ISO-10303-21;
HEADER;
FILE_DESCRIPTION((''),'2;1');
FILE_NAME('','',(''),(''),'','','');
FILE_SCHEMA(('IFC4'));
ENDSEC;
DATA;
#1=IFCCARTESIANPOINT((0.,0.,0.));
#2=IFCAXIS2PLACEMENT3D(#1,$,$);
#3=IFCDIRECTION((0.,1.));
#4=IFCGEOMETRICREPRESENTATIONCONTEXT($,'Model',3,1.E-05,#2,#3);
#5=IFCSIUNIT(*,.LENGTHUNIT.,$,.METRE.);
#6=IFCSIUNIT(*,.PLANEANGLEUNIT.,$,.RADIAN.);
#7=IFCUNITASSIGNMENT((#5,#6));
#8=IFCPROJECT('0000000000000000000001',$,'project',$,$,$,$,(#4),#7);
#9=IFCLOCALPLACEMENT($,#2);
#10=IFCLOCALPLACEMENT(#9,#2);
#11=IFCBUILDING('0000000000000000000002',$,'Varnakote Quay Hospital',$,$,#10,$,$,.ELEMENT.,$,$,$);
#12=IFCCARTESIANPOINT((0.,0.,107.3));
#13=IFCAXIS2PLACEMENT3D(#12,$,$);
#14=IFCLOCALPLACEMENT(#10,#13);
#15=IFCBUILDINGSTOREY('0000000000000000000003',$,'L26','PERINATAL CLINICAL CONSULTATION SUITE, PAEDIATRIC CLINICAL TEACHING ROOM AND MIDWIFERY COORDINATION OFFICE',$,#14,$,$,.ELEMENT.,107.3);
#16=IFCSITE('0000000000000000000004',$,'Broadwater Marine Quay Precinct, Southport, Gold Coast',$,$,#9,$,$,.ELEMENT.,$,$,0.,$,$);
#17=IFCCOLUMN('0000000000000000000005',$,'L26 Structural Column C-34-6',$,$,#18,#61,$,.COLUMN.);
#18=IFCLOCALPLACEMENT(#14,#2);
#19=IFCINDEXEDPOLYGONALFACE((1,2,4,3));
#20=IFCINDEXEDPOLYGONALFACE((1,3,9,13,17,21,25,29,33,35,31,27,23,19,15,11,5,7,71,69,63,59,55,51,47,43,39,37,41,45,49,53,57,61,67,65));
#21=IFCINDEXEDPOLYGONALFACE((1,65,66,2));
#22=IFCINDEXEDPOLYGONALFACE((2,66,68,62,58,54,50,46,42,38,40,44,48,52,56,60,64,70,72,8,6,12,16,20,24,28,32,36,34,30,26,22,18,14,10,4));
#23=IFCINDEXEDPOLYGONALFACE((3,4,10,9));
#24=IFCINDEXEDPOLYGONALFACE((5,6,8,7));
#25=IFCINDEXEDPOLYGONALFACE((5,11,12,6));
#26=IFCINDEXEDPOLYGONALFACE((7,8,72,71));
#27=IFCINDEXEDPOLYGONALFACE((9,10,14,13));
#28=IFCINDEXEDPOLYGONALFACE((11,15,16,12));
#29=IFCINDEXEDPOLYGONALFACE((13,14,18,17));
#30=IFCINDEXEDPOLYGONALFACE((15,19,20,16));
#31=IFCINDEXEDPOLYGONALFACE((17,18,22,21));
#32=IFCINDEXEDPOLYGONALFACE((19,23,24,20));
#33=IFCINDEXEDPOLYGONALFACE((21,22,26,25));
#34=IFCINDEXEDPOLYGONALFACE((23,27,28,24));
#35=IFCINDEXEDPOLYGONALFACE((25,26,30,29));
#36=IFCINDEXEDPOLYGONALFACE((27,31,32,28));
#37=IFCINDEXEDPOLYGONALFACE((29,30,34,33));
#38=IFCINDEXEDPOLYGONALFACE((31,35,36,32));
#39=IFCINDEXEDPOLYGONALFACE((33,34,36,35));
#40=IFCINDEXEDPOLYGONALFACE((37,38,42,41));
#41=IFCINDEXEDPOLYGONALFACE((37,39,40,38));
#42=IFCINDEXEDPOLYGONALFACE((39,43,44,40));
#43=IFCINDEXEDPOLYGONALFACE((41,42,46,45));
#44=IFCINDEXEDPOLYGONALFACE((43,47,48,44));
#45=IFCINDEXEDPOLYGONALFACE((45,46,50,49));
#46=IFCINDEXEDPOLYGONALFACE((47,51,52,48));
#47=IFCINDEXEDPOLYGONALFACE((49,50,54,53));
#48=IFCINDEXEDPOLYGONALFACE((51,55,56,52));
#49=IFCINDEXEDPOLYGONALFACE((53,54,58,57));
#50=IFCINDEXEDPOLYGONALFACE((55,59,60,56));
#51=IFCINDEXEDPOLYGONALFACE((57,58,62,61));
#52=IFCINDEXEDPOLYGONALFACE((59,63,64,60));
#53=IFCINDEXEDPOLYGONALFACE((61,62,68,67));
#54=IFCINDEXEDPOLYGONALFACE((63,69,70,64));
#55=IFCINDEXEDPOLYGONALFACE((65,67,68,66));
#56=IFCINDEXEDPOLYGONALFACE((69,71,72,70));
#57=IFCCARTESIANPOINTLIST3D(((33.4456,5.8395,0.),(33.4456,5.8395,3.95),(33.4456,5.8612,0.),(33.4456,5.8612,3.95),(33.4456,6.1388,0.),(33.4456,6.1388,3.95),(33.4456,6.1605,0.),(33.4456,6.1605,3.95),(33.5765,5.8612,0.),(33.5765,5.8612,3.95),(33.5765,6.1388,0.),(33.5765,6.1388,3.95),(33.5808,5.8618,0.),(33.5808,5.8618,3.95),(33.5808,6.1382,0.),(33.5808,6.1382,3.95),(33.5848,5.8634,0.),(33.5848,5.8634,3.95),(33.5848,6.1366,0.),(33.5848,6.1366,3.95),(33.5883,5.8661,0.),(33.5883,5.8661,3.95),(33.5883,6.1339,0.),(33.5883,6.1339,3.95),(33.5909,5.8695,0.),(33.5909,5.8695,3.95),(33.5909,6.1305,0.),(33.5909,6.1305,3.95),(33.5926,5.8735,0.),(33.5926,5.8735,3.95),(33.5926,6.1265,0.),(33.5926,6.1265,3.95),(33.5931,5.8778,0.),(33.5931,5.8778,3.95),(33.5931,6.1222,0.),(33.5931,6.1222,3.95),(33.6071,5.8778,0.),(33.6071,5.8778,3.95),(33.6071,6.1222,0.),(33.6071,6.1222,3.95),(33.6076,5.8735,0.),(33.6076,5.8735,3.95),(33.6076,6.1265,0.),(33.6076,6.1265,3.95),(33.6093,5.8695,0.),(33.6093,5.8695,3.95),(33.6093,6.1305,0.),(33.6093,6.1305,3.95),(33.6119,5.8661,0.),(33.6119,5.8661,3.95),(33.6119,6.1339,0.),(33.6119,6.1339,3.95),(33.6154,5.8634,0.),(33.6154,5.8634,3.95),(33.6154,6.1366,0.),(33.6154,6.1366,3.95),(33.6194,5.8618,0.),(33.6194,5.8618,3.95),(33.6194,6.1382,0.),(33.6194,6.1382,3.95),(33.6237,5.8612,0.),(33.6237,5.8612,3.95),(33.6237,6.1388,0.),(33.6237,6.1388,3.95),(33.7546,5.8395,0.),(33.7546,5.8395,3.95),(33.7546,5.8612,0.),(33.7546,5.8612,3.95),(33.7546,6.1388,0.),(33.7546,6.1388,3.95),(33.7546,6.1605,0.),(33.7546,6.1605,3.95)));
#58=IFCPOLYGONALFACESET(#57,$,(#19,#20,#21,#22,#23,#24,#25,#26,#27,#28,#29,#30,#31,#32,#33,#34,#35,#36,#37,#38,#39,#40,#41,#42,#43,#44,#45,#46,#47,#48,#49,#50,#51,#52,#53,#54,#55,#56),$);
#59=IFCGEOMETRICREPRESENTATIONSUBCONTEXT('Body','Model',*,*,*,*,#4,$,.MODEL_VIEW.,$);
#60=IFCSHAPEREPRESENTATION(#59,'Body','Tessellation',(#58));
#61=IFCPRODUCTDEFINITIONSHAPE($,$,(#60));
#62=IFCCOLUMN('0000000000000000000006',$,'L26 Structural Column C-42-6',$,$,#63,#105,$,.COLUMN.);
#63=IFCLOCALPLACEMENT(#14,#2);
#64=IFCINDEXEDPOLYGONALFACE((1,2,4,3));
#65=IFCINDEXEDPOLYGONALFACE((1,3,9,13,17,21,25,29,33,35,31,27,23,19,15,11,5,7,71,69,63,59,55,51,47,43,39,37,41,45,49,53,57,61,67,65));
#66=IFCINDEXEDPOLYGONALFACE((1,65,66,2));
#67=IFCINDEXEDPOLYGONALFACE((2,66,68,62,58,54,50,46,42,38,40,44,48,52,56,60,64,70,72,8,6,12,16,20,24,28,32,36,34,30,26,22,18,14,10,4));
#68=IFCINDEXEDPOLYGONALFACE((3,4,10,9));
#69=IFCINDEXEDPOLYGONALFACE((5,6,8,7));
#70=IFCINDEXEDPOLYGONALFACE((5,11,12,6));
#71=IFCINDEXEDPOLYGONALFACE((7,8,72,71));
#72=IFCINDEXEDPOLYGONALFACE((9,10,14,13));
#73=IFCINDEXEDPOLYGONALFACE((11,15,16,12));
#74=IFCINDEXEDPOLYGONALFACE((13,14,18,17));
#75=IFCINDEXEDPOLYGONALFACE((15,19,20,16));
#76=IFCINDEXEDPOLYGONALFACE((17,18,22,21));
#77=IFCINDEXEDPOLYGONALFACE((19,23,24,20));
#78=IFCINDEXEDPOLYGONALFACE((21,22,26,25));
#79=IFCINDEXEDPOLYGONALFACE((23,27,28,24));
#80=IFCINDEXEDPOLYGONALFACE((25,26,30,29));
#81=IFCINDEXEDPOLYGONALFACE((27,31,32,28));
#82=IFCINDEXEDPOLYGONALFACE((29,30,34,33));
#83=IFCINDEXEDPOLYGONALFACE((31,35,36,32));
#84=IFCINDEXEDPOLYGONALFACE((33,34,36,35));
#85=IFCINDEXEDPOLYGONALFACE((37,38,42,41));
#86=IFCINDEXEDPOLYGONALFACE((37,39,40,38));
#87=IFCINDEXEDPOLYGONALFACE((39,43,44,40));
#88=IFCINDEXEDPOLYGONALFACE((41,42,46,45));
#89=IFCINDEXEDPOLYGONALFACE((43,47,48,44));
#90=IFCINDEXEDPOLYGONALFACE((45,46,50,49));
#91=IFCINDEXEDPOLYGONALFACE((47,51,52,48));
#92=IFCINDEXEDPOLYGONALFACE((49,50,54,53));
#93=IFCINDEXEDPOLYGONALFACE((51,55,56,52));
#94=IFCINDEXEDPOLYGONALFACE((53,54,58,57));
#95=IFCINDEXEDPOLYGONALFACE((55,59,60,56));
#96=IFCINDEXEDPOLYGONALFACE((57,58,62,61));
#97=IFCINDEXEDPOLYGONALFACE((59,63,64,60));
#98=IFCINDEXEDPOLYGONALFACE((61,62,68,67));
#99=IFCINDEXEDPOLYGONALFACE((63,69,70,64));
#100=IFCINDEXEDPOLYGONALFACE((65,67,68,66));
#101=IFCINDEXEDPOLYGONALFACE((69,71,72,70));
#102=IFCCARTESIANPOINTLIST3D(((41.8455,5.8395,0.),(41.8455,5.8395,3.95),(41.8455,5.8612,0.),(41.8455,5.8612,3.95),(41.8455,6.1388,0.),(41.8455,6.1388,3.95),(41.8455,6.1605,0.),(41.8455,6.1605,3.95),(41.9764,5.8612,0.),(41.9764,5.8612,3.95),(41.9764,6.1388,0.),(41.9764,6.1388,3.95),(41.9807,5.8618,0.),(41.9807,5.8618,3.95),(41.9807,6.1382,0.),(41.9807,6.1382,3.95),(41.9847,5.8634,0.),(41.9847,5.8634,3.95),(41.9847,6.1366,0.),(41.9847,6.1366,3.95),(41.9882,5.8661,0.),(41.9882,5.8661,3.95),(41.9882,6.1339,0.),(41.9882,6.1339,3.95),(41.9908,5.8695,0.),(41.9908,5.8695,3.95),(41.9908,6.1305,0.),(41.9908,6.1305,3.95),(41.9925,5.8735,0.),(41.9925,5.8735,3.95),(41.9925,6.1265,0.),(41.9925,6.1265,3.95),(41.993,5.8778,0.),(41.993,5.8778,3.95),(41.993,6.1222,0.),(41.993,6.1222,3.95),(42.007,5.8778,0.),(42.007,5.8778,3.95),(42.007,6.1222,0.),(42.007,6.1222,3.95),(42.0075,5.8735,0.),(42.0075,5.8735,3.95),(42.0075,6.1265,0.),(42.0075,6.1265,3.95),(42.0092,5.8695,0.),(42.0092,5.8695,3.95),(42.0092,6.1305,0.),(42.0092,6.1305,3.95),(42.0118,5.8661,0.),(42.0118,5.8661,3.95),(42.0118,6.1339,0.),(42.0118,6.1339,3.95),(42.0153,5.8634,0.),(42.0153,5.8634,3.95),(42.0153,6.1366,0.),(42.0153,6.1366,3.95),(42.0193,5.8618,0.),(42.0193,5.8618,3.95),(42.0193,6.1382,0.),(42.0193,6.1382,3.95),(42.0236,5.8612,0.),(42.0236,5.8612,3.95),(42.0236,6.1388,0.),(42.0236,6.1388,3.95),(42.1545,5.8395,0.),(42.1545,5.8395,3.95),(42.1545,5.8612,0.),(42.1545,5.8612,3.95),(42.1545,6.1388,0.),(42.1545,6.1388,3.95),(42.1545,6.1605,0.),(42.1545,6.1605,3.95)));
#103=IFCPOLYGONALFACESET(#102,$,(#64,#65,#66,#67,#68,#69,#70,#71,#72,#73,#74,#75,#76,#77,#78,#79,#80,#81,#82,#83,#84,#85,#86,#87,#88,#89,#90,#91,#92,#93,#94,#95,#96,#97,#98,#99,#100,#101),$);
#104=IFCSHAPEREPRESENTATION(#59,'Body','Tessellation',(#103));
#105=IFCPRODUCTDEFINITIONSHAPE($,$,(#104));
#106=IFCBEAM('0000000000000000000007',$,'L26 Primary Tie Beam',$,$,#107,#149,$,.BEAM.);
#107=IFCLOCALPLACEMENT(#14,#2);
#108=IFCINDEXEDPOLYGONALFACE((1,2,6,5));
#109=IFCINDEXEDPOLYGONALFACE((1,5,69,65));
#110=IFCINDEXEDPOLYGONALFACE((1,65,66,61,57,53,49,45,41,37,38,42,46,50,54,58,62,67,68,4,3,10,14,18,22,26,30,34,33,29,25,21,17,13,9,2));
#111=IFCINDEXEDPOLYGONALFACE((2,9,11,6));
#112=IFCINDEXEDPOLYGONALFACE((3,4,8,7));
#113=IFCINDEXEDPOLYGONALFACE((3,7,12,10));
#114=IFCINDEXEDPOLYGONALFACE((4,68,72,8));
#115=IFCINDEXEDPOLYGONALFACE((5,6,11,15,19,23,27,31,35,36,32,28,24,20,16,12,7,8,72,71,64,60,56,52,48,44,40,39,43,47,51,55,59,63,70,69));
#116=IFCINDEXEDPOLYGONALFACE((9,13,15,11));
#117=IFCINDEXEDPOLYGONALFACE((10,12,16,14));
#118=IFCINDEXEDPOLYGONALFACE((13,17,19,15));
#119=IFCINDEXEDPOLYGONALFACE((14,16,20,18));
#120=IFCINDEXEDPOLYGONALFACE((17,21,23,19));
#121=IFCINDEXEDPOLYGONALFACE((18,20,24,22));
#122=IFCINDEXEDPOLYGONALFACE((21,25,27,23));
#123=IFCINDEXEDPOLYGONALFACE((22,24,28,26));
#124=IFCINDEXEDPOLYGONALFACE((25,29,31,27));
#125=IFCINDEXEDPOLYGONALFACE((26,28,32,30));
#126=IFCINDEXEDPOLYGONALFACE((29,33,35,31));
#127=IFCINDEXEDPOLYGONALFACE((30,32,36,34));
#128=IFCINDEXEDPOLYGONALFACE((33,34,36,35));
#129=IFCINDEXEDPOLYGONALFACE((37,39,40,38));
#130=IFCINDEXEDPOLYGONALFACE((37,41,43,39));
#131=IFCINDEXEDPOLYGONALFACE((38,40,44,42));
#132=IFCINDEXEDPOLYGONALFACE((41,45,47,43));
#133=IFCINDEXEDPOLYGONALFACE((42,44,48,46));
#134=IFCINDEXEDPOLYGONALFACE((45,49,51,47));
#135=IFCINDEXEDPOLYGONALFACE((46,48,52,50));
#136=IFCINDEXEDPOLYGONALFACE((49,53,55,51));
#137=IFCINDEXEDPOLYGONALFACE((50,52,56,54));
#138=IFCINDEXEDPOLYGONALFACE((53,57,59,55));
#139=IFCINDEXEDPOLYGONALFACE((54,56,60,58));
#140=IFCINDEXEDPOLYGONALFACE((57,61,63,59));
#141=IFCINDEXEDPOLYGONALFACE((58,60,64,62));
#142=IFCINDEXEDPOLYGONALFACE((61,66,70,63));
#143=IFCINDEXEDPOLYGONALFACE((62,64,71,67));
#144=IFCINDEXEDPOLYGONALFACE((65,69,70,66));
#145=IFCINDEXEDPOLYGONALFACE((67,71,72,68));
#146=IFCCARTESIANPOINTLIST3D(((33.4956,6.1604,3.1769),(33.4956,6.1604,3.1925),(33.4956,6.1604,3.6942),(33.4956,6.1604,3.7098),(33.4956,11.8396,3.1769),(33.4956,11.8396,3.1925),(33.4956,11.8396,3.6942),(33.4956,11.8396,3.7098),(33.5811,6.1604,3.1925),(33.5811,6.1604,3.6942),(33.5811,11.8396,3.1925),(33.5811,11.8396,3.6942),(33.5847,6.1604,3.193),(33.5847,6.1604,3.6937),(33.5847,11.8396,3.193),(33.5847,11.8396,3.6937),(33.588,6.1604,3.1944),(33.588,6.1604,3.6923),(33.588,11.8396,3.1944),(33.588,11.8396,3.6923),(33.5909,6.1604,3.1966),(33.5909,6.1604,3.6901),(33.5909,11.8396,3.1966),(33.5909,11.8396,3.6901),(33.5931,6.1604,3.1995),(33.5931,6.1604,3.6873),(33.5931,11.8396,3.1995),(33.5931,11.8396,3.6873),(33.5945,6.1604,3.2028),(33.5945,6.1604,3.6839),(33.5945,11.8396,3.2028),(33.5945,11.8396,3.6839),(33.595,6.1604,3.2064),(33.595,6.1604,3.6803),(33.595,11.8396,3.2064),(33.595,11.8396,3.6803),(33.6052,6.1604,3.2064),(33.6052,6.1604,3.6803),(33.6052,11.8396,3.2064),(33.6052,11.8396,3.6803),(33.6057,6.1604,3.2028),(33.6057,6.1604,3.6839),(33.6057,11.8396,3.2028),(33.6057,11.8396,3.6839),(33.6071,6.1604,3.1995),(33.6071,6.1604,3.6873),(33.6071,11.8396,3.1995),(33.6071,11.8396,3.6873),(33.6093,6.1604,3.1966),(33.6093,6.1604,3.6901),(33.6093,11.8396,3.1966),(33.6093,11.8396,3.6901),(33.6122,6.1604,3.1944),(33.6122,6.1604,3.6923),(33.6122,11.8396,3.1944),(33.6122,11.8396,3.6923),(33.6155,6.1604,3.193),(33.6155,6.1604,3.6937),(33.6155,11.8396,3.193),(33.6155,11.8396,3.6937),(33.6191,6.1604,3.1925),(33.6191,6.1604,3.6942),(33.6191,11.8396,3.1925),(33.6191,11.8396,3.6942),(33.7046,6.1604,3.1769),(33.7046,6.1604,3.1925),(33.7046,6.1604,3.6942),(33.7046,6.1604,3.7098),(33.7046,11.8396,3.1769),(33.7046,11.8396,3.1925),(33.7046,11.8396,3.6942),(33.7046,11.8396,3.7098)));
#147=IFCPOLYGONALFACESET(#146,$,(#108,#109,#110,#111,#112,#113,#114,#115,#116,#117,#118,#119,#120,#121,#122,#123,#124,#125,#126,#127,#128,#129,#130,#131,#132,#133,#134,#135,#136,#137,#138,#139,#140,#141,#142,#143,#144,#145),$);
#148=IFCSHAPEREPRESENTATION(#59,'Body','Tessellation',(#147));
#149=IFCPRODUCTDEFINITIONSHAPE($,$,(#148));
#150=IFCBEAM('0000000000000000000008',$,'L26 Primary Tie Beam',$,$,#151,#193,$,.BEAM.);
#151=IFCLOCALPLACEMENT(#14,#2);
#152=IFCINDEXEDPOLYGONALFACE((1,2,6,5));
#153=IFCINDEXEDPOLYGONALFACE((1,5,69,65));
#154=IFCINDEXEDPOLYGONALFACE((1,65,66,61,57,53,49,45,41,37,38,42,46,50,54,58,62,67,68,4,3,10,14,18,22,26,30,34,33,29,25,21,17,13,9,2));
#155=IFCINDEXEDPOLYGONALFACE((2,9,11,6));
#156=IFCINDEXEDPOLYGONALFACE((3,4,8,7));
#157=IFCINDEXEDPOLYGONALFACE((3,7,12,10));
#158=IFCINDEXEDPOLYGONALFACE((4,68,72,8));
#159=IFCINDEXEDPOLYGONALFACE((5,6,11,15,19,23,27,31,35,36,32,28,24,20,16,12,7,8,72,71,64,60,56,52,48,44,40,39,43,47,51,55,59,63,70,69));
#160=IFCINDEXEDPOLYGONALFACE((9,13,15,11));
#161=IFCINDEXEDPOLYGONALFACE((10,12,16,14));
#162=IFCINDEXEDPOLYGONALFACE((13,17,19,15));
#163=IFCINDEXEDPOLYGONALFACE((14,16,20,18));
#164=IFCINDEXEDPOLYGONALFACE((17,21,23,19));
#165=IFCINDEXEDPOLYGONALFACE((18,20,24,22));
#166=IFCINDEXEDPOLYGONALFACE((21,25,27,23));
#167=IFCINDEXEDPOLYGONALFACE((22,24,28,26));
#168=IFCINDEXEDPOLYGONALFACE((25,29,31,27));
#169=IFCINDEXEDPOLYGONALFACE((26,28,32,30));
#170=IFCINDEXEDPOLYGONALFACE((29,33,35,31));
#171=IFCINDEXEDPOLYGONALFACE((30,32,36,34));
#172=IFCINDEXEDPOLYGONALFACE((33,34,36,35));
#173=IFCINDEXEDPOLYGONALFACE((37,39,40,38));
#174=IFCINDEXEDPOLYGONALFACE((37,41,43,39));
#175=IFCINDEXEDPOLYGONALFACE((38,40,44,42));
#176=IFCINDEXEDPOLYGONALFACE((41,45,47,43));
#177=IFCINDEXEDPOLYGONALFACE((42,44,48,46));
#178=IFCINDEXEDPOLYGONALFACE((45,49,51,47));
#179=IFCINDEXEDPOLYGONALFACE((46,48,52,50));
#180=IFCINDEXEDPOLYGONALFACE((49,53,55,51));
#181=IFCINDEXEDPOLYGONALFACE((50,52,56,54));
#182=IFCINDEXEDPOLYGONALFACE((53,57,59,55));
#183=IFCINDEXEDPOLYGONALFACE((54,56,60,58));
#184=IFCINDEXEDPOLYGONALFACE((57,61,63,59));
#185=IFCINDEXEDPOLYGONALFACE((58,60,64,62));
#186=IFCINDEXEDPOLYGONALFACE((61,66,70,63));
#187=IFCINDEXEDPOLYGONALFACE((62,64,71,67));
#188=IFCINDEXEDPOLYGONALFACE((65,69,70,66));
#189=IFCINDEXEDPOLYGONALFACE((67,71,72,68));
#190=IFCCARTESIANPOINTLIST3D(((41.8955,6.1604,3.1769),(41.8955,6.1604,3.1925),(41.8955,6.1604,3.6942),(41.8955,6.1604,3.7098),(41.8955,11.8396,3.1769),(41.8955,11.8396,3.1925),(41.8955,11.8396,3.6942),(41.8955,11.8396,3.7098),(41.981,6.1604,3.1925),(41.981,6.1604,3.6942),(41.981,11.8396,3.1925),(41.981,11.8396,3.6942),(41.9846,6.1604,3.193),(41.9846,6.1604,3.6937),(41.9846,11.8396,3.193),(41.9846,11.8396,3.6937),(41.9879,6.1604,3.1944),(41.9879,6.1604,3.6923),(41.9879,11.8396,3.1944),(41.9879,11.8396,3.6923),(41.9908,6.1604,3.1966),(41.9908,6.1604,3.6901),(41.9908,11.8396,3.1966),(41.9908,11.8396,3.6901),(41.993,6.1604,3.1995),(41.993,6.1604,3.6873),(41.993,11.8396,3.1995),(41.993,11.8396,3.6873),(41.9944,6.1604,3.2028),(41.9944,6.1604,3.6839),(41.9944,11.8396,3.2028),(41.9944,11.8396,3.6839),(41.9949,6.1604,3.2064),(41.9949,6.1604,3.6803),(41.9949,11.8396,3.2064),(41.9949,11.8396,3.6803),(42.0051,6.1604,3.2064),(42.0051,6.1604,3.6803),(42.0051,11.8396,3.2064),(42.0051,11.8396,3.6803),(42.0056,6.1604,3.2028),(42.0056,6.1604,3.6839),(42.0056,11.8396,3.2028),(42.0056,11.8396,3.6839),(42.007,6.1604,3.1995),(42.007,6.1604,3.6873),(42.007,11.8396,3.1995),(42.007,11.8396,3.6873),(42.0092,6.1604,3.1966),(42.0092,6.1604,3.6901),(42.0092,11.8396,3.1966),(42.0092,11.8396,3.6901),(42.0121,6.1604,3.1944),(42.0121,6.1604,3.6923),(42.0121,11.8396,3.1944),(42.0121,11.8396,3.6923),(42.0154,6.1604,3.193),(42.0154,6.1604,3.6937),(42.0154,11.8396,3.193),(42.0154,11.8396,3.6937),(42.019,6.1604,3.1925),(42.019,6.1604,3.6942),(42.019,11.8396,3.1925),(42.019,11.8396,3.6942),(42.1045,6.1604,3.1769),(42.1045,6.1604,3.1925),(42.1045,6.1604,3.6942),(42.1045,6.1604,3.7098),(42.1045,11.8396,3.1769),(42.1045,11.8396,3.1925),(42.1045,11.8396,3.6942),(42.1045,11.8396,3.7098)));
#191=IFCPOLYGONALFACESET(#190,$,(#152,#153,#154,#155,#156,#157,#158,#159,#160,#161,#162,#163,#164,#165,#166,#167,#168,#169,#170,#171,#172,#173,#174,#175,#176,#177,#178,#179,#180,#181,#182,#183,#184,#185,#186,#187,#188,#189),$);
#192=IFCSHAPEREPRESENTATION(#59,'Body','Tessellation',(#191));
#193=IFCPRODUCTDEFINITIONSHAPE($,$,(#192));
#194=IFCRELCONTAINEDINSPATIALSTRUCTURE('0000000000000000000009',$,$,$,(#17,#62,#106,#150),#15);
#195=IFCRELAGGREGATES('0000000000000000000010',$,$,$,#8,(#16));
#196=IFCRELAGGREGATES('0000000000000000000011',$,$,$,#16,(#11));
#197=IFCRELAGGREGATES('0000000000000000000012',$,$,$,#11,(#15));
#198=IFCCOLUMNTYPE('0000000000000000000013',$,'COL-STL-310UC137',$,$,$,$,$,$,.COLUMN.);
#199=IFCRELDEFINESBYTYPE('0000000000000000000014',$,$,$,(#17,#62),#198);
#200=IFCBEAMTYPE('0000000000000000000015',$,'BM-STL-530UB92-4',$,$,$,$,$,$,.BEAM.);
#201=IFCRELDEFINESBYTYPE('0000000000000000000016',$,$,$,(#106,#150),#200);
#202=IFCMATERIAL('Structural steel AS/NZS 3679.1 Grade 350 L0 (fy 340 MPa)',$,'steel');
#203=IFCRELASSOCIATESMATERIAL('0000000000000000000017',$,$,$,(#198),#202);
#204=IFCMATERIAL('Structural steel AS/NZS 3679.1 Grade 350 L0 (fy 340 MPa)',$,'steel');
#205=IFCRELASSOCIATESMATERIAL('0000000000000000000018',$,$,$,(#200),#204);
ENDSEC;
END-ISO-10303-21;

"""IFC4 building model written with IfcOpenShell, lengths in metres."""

from ifc_helpers import new_model, si_unit, direction, frame, origin, origin_2d, place, context, subcontext, project, spatial, i_section, extrude, material, material_profile, profile_set, type_object, element, save


model = new_model("IFC4")

# Units and contexts
model_context = context("Model", 3, precision=1e-05, world=origin(), true_north=direction((0.0, 1.0)))
body_context = subcontext(model_context, "Body", "Model", "MODEL_VIEW")
ifc_project = project(units=[si_unit("LENGTHUNIT", "METRE"), si_unit("PLANEANGLEUNIT", "RADIAN")], contexts=[model_context])

# Site, building, storey
site_placement = place(None, origin())
site = spatial("IfcSite", under=ifc_project, at=site_placement, Name="Broadwater Marine Quay Precinct, Southport, Gold Coast", CompositionType="ELEMENT", RefElevation=0.0)
building_placement = place(site_placement, origin())
building = spatial("IfcBuilding", under=site, at=building_placement, Name="Varnakote Quay Hospital", CompositionType="ELEMENT")
storey_placement = place(building_placement, frame((0.0, 0.0, 107.3)))
storey = spatial("IfcBuildingStorey", under=building, at=storey_placement, Name="L26", Description="PERINATAL CLINICAL CONSULTATION SUITE, PAEDIATRIC CLINICAL TEACHING ROOM AND MIDWIFERY COORDINATION OFFICE", CompositionType="ELEMENT", Elevation=107.3)

# Columns
ifc_material_1 = material(Name="Structural steel AS/NZS 3679.1 Grade 350 L0 (fy 340 MPa)", Category="steel")
ifc_material_profile_1 = material_profile(ifc_material_1, i_section(OverallWidth=0.3091, OverallDepth=0.321, WebThickness=0.0139, FlangeThickness=0.0217, FilletRadius=0.0166, at=origin_2d()), Name="310UC137")
ifc_profile_set_1 = profile_set([ifc_material_profile_1], Name="Structural steel AS/NZS 3679.1 Grade 350 L0 (fy 340 MPa)")
column_type = type_object("IfcColumnType", Name="COL-STL-310UC137", PredefinedType="COLUMN", material=ifc_profile_set_1)
for number, where, z_axis, x_axis, name in (
    (1, (33.6001, 6.0, 0.0), (0.0, 0.0, 1.0), (1.0, 0.0, 0.0), "L26 Structural Column C-34-6"),
    (2, (42.0, 6.0, 0.0), (0.0, 0.0, 1.0), (1.0, 0.0, 0.0), "L26 Structural Column C-42-6"),
):
    element("IfcColumn", number, at=place(storey_placement, frame(where, z_axis=z_axis, x_axis=x_axis)), inside=storey, type_object=column_type, Name=name, PredefinedType="COLUMN", context=body_context, shape_type="SweptSolid", body=[
        extrude(i_section(OverallWidth=0.3091, OverallDepth=0.321, WebThickness=0.0139, FlangeThickness=0.0217, FilletRadius=0.0166, at=origin_2d()), origin(), (0.0, 0.0, 1.0), 3.95),
    ])

# Beams
ifc_material_2 = material(Name="Structural steel AS/NZS 3679.1 Grade 350 L0 (fy 340 MPa)", Category="steel")
ifc_material_profile_2 = material_profile(ifc_material_2, i_section(OverallWidth=0.209, OverallDepth=0.533, WebThickness=0.0103, FlangeThickness=0.0156, FilletRadius=0.0139, at=origin_2d()), Name="530UB92.4")
ifc_profile_set_2 = profile_set([ifc_material_profile_2], Name="Structural steel AS/NZS 3679.1 Grade 350 L0 (fy 340 MPa)")
beam_type_1 = type_object("IfcBeamType", Name="BM-STL-530UB92-4", PredefinedType="BEAM", material=ifc_profile_set_2)
for number, where, z_axis, x_axis, name in (
    (3, (33.6001, 6.1604, 3.4434), (0.0, 1.0, 0.0), (-1.0, 0.0, 0.0), "L26 Primary Tie Beam"),
    (4, (42.0, 6.1604, 3.4434), (0.0, 1.0, 0.0), (-1.0, 0.0, 0.0), "L26 Primary Tie Beam"),
):
    element("IfcBeam", number, at=place(storey_placement, frame(where, z_axis=z_axis, x_axis=x_axis)), inside=storey, type_object=beam_type_1, Name=name, PredefinedType="BEAM", context=body_context, shape_type="SweptSolid", body=[
        extrude(i_section(OverallWidth=0.209, OverallDepth=0.533, WebThickness=0.0103, FlangeThickness=0.0156, FilletRadius=0.0139, at=origin_2d()), origin(), (0.0, 0.0, 1.0), 5.6792),
    ])

save(model, "model.ifc")
